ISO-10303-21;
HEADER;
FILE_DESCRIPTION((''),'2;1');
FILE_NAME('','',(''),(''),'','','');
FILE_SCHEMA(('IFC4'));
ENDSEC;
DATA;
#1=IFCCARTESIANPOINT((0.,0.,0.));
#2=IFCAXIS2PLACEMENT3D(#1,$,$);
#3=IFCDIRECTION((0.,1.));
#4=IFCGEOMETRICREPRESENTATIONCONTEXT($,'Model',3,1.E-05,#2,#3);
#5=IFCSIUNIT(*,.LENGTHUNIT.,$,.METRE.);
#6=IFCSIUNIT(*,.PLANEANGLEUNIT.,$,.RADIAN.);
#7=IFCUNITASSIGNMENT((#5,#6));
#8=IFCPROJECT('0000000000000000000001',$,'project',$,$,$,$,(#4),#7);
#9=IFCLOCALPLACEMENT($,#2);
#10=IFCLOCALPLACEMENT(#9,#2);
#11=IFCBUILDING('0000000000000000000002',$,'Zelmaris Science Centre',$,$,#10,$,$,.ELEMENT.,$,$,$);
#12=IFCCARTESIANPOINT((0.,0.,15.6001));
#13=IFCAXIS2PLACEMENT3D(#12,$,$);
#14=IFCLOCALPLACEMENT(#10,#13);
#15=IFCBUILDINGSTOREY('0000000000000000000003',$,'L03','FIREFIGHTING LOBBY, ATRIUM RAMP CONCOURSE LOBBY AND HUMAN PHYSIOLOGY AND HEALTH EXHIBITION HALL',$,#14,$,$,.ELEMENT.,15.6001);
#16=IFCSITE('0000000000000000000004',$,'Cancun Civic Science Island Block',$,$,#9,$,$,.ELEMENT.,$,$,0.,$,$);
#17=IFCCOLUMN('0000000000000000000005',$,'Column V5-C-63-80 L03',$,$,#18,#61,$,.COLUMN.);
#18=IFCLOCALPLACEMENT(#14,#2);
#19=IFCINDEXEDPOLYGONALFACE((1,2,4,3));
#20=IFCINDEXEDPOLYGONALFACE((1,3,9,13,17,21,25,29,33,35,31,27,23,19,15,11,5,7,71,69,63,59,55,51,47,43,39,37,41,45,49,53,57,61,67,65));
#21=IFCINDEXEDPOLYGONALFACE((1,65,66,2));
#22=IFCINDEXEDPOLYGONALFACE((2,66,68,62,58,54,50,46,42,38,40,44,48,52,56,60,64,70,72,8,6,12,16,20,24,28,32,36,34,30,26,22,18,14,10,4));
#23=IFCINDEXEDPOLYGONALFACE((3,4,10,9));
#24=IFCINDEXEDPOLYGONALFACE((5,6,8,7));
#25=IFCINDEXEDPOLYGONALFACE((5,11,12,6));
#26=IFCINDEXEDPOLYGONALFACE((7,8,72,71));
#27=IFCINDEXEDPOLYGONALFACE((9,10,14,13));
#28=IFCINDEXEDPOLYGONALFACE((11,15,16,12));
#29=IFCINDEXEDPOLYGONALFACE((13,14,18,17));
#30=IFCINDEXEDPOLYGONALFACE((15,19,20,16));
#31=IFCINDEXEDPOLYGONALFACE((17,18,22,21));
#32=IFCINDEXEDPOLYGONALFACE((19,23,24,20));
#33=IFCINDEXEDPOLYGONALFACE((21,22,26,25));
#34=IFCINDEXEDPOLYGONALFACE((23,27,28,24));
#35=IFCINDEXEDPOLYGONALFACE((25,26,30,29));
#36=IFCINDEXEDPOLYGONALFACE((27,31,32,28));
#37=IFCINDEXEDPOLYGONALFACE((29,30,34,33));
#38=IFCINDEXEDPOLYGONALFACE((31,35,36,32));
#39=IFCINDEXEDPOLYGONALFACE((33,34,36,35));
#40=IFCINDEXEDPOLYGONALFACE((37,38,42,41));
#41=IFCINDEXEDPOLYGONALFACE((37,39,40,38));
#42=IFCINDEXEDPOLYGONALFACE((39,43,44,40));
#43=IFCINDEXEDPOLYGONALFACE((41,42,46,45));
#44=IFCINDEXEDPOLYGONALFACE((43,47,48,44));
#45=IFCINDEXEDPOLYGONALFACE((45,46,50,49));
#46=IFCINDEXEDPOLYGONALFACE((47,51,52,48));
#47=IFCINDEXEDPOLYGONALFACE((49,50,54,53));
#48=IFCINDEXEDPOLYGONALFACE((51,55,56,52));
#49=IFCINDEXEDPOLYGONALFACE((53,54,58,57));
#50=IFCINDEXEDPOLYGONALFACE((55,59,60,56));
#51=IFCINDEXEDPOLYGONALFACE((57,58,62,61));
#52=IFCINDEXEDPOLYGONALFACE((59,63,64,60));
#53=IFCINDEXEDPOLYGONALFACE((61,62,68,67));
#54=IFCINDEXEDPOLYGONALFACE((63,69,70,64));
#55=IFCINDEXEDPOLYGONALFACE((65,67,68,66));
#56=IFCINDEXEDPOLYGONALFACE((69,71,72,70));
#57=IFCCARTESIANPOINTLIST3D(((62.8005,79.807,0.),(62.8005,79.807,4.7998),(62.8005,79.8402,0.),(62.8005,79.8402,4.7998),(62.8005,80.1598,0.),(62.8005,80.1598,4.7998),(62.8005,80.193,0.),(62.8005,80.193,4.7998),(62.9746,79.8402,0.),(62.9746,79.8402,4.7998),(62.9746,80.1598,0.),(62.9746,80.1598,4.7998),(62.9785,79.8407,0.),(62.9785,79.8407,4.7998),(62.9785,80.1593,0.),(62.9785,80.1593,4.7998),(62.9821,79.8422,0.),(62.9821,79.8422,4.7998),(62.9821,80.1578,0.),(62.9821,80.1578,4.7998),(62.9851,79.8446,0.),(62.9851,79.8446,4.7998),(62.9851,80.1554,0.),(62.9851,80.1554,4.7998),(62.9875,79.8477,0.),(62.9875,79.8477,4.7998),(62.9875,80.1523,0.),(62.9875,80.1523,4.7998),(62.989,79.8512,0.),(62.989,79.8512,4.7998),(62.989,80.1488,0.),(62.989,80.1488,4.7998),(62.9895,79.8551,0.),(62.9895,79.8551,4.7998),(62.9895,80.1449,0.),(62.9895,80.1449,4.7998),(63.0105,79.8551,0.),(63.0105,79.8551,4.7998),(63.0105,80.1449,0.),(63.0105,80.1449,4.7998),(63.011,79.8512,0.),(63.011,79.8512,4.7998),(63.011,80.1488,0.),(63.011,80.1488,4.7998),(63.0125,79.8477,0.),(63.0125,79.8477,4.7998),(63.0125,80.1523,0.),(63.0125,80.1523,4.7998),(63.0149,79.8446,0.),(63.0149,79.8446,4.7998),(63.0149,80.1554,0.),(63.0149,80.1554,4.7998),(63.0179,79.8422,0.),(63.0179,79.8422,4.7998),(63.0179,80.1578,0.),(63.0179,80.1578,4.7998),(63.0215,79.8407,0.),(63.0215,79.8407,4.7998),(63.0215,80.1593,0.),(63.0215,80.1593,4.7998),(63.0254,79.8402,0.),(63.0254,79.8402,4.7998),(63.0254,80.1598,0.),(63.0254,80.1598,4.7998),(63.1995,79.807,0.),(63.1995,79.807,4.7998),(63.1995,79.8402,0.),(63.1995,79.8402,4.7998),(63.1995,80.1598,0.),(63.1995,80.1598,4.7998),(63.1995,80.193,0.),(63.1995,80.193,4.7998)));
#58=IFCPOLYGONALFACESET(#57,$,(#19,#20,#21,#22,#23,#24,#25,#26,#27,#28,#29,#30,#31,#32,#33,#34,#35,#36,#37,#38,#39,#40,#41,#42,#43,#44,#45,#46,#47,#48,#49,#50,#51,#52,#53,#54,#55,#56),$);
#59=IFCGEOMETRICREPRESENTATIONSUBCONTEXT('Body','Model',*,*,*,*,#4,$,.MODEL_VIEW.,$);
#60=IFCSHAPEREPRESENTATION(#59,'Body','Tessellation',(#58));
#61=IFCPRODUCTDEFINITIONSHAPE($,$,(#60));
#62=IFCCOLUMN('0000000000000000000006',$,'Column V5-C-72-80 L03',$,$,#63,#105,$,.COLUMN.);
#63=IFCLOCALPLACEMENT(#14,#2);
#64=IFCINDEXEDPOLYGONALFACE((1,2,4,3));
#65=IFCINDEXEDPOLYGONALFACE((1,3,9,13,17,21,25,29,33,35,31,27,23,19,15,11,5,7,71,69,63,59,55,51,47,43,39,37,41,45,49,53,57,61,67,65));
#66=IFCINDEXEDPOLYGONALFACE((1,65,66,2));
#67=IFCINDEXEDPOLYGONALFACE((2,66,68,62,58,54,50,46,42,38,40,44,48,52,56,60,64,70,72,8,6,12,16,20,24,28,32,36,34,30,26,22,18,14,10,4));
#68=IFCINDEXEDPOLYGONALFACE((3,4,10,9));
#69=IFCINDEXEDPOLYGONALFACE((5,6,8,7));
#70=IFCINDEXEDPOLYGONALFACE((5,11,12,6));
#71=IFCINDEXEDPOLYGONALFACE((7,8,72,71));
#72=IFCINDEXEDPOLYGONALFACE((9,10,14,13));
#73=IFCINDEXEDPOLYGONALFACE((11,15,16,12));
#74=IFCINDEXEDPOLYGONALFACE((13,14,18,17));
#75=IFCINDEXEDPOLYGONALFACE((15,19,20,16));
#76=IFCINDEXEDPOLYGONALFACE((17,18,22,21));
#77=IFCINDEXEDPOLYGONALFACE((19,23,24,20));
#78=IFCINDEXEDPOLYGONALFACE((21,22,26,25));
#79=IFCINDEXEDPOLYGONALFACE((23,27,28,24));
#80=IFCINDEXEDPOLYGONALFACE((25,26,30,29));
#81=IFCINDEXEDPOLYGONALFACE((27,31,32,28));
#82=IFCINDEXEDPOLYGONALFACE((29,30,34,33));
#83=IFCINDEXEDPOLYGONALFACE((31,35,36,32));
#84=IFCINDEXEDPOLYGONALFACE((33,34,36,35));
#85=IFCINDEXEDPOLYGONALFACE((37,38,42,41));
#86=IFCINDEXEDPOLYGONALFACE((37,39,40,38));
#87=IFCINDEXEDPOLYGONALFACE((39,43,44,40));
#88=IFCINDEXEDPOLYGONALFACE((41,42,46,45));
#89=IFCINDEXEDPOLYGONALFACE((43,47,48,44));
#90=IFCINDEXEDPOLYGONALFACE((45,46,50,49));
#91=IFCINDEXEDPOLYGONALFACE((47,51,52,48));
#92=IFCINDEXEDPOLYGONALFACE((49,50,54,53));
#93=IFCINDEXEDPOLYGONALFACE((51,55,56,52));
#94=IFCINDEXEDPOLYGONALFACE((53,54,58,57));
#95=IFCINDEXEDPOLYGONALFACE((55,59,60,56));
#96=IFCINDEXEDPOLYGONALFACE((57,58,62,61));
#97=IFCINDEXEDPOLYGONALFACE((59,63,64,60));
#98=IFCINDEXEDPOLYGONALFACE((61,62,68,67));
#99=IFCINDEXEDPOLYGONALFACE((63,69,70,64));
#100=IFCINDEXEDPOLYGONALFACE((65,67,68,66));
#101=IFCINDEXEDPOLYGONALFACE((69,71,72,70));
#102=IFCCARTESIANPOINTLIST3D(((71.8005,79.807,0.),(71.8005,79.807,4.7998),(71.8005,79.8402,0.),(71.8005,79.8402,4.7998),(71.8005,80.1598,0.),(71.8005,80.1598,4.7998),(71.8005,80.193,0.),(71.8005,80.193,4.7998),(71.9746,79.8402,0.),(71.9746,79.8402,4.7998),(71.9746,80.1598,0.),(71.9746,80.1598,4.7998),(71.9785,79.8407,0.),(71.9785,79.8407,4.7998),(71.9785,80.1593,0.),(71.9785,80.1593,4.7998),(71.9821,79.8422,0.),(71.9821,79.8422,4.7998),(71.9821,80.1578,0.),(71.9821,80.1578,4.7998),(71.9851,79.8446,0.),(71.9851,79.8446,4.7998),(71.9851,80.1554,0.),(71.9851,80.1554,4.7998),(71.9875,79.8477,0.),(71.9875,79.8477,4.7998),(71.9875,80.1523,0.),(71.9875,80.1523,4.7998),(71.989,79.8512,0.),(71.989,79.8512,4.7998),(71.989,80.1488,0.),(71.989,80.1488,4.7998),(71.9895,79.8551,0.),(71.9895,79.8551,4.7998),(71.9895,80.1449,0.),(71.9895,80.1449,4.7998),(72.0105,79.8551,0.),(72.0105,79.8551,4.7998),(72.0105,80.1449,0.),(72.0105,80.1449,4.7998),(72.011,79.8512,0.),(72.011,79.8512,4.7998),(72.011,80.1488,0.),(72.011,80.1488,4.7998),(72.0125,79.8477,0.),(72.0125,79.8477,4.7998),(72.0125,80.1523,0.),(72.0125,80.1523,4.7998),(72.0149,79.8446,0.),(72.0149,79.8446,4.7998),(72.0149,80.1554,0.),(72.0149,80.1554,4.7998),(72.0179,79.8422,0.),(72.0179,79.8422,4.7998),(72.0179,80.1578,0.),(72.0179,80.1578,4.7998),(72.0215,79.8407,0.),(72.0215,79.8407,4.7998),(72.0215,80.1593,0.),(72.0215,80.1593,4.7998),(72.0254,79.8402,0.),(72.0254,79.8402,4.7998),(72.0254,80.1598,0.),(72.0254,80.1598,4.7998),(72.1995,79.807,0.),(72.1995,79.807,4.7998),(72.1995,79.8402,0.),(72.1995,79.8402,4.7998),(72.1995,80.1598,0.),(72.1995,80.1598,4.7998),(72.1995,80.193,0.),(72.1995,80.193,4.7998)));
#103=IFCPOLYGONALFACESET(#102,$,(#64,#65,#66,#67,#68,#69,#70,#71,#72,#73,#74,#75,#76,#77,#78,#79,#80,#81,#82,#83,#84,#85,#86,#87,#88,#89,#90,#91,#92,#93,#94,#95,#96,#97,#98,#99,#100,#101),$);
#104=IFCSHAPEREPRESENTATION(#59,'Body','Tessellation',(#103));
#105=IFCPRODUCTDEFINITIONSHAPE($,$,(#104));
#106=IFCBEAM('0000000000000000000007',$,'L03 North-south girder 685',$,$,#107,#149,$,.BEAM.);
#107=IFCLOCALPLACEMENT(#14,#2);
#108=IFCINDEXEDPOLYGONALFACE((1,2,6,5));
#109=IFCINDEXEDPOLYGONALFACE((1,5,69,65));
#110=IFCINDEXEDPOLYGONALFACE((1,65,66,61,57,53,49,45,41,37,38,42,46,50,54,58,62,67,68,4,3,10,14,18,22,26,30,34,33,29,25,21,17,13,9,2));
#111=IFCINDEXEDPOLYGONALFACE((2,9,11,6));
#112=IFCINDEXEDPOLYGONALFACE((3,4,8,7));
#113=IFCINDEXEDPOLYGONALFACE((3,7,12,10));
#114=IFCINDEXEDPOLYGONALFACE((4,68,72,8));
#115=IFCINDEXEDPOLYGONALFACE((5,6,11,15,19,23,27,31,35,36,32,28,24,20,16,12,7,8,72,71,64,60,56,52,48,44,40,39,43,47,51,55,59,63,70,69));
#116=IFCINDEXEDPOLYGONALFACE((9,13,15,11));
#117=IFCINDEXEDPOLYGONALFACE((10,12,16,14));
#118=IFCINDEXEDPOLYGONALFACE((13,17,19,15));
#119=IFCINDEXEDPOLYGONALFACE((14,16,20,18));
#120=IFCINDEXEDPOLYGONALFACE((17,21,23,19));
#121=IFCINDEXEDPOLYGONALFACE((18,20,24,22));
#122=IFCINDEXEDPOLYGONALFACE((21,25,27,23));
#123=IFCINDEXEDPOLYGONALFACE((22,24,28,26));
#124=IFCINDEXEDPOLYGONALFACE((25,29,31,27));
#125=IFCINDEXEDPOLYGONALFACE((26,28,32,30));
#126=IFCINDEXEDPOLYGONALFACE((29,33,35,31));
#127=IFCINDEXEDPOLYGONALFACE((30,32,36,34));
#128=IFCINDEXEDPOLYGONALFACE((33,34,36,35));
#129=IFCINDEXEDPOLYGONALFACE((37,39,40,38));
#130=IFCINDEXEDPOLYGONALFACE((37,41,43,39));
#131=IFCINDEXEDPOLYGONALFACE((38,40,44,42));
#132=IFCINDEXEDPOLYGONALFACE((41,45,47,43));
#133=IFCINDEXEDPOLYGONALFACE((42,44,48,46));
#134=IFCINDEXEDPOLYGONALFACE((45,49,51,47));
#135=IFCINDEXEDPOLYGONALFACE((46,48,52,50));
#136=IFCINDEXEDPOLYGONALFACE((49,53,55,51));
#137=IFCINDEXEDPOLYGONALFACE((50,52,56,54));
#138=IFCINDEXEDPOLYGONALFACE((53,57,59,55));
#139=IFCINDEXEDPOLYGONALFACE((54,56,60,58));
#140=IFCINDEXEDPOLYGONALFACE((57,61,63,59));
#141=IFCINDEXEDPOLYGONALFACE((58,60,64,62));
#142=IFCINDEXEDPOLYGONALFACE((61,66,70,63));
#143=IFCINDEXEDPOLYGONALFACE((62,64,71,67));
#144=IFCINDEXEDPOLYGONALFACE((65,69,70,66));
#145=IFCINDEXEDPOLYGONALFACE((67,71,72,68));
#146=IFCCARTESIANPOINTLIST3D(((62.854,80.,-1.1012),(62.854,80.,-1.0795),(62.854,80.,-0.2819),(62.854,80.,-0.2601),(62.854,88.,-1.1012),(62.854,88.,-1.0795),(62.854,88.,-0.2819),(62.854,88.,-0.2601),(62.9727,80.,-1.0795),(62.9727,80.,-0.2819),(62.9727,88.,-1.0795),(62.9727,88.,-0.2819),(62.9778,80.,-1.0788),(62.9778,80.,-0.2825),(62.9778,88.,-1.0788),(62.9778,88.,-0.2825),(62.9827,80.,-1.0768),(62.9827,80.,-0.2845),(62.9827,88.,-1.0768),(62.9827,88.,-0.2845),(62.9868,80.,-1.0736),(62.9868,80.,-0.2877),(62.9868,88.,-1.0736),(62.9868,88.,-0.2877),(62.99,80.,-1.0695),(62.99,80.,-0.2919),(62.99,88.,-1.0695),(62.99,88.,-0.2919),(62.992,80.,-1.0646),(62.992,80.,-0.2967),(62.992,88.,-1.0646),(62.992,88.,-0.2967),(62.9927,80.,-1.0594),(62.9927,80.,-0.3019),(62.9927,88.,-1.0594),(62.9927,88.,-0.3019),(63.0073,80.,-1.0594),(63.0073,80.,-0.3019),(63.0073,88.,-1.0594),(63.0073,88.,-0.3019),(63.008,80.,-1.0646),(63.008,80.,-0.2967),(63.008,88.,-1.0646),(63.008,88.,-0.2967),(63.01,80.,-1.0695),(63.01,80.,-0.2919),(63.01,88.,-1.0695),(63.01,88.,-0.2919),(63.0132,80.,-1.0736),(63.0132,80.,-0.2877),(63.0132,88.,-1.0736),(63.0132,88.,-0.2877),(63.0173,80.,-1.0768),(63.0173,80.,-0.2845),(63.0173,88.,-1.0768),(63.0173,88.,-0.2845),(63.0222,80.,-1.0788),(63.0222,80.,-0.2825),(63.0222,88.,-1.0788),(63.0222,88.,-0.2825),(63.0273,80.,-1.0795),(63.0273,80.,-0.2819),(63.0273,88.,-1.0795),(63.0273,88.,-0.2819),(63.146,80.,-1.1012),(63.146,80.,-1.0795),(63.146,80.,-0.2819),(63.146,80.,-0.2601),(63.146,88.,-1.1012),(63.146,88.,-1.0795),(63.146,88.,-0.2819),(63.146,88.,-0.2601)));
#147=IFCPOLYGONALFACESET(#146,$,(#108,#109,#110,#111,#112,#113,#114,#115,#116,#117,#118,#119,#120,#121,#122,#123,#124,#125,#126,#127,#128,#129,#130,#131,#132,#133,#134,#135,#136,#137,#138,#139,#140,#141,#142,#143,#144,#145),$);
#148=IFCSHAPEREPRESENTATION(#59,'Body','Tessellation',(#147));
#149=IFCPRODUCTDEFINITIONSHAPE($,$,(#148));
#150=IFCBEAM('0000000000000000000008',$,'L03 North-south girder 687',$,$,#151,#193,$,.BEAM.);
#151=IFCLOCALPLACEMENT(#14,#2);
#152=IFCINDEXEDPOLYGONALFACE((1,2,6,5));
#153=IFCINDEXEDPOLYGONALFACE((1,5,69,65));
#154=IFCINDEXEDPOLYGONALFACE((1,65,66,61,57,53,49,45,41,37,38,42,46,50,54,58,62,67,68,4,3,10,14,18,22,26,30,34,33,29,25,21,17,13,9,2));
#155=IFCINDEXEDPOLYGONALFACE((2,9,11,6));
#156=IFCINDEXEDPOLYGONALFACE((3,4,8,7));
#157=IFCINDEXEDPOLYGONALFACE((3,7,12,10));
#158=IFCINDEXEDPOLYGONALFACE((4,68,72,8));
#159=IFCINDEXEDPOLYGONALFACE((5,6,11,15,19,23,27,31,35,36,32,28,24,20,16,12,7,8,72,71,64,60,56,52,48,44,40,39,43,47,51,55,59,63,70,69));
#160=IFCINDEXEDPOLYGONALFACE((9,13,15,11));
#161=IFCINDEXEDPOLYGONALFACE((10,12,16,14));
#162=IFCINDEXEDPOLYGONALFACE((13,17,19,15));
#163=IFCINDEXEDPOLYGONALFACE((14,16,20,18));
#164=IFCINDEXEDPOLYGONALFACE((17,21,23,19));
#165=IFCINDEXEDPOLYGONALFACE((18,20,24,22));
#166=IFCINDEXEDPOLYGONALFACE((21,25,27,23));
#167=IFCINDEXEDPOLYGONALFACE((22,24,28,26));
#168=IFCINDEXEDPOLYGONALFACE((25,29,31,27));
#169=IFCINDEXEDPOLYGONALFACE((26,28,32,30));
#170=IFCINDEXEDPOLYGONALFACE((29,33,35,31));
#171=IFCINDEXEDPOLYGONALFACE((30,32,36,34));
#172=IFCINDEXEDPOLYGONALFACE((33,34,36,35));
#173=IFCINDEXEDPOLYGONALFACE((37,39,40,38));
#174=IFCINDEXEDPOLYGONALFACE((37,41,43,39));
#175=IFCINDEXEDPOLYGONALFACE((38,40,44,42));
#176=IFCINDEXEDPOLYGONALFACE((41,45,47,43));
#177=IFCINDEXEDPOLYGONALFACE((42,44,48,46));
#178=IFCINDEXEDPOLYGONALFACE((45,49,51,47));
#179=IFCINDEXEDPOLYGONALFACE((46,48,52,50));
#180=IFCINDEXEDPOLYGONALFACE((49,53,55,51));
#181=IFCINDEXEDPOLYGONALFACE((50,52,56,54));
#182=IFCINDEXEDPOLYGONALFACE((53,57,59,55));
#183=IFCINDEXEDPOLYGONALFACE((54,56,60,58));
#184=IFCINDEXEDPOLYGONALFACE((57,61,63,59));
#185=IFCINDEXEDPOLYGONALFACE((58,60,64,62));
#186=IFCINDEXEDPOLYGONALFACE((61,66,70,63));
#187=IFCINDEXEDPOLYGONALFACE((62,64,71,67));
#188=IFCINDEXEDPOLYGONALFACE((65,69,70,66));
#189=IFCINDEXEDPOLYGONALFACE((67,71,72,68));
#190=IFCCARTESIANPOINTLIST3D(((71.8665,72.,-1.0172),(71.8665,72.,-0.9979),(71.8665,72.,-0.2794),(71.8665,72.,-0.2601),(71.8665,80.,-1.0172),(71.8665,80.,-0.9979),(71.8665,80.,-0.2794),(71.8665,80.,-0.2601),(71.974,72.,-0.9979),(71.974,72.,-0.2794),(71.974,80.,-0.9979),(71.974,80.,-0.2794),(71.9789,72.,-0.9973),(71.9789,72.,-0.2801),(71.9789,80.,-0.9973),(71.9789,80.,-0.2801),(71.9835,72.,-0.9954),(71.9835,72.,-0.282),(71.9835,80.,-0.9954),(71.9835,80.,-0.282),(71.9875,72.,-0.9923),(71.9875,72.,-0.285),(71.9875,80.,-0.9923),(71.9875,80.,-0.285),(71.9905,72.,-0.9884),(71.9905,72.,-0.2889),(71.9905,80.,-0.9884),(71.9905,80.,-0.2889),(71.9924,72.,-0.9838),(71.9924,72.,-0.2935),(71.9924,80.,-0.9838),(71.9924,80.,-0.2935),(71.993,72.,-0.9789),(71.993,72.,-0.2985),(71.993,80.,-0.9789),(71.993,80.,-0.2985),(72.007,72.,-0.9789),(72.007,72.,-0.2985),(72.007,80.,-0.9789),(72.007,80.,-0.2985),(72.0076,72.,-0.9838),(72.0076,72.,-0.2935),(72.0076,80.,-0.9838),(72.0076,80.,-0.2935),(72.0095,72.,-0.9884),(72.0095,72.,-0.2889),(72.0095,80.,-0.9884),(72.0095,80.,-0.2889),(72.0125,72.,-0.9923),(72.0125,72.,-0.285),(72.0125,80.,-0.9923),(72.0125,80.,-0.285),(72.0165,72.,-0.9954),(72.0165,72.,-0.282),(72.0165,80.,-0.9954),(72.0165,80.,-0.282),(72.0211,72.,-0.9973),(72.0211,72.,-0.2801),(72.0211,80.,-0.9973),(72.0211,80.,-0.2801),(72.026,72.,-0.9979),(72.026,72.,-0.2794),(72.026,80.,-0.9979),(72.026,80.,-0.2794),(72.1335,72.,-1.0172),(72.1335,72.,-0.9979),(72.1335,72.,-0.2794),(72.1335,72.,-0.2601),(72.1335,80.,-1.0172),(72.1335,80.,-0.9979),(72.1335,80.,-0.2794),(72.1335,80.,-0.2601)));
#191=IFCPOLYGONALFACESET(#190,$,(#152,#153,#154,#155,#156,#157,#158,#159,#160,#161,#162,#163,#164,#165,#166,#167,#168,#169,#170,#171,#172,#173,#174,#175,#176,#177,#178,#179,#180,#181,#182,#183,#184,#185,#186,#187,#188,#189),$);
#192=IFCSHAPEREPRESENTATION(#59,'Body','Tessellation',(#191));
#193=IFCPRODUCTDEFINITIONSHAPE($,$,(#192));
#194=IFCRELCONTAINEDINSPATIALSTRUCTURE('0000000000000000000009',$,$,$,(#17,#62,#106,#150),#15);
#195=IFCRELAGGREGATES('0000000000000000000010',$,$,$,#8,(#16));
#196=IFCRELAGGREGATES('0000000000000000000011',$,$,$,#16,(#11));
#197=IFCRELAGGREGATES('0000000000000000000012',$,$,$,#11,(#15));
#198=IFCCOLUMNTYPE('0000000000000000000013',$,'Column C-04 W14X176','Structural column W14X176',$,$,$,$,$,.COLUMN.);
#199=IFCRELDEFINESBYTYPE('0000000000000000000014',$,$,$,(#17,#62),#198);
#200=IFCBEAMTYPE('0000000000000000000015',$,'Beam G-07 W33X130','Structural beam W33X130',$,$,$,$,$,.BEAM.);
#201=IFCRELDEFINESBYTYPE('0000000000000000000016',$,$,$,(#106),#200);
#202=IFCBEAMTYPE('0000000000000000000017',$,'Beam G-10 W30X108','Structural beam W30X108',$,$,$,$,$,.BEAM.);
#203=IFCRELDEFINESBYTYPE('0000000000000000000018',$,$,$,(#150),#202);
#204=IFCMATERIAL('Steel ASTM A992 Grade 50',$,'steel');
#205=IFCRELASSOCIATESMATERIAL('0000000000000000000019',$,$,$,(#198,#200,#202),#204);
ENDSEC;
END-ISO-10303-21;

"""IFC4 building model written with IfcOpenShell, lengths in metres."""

from ifc_helpers import new_model, si_unit, direction, frame, origin, origin_2d, place, context, subcontext, project, spatial, i_section, extrude, material, material_profile, profile_set, type_object, element, save


model = new_model("IFC4")

# Units and contexts
model_context = context("Model", 3, precision=1e-05, world=origin(), true_north=direction((0.0, 1.0)))
body_context = subcontext(model_context, "Body", "Model", "MODEL_VIEW")
ifc_project = project(units=[si_unit("LENGTHUNIT", "METRE"), si_unit("PLANEANGLEUNIT", "RADIAN")], contexts=[model_context])

# Site, building, storey
site_placement = place(None, origin())
site = spatial("IfcSite", under=ifc_project, at=site_placement, Name="Cancun Civic Science Island Block", CompositionType="ELEMENT", RefElevation=0.0)
building_placement = place(site_placement, origin())
building = spatial("IfcBuilding", under=site, at=building_placement, Name="Zelmaris Science Centre", CompositionType="ELEMENT")
storey_placement = place(building_placement, frame((0.0, 0.0, 15.6001)))
storey = spatial("IfcBuildingStorey", under=building, at=storey_placement, Name="L03", Description="FIREFIGHTING LOBBY, ATRIUM RAMP CONCOURSE LOBBY AND HUMAN PHYSIOLOGY AND HEALTH EXHIBITION HALL", CompositionType="ELEMENT", Elevation=15.6001)

# Columns
ifc_material_1 = material(Name="Steel ASTM A992 Grade 50", Category="steel")
ifc_material_profile_1 = material_profile(ifc_material_1, i_section(OverallWidth=0.3989, OverallDepth=0.386, WebThickness=0.021, FlangeThickness=0.0332, FilletRadius=0.0149, at=origin_2d()), Name="W14X176")
ifc_profile_set_1 = profile_set([ifc_material_profile_1], Name="Steel ASTM A992 Grade 50")
column_type = type_object("IfcColumnType", Name="Column C-04 W14X176", Description="Structural column W14X176", PredefinedType="COLUMN", material=ifc_profile_set_1)
for number, where, z_axis, x_axis, name in (
    (1, (63.0, 80.0, 0.0), (0.0, 0.0, 1.0), (1.0, 0.0, 0.0), "Column V5-C-63-80 L03"),
    (2, (72.0, 80.0, 0.0), (0.0, 0.0, 1.0), (1.0, 0.0, 0.0), "Column V5-C-72-80 L03"),
):
    element("IfcColumn", number, at=place(storey_placement, frame(where, z_axis=z_axis, x_axis=x_axis)), inside=storey, type_object=column_type, Name=name, PredefinedType="COLUMN", context=body_context, shape_type="SweptSolid", body=[
        extrude(i_section(OverallWidth=0.3989, OverallDepth=0.386, WebThickness=0.021, FlangeThickness=0.0332, FilletRadius=0.0149, at=origin_2d()), origin(), (0.0, 0.0, 1.0), 4.7998),
    ])

# Beams
ifc_material_profile_2 = material_profile(ifc_material_1, i_section(OverallWidth=0.292, OverallDepth=0.8411, WebThickness=0.0146, FlangeThickness=0.0217, FilletRadius=0.02, at=origin_2d()), Name="W33X130")
ifc_profile_set_2 = profile_set([ifc_material_profile_2], Name="Steel ASTM A992 Grade 50")
beam_type_1 = type_object("IfcBeamType", Name="Beam G-07 W33X130", Description="Structural beam W33X130", PredefinedType="BEAM", material=ifc_profile_set_2)
beam_1_placement = place(storey_placement, frame((63.0, 80.0, -0.6807), z_axis=(0.0, 1.0, 0.0), x_axis=(-1.0, 0.0, 0.0)))
element("IfcBeam", 3, at=beam_1_placement, inside=storey, type_object=beam_type_1, Name="L03 North-south girder 685", PredefinedType="BEAM", context=body_context, shape_type="SweptSolid", body=[
    extrude(i_section(OverallWidth=0.292, OverallDepth=0.8411, WebThickness=0.0146, FlangeThickness=0.0217, FilletRadius=0.02, at=origin_2d()), origin(), (0.0, 0.0, 1.0), 8.0),
])
ifc_material_profile_3 = material_profile(ifc_material_1, i_section(OverallWidth=0.2671, OverallDepth=0.7571, WebThickness=0.0139, FlangeThickness=0.0193, FilletRadius=0.019, at=origin_2d()), Name="W30X108")
ifc_profile_set_3 = profile_set([ifc_material_profile_3], Name="Steel ASTM A992 Grade 50")
beam_type_2 = type_object("IfcBeamType", Name="Beam G-10 W30X108", Description="Structural beam W30X108", PredefinedType="BEAM", material=ifc_profile_set_3)
beam_2_placement = place(storey_placement, frame((72.0, 72.0, -0.6387), z_axis=(0.0, 1.0, 0.0), x_axis=(-1.0, 0.0, 0.0)))
element("IfcBeam", 4, at=beam_2_placement, inside=storey, type_object=beam_type_2, Name="L03 North-south girder 687", PredefinedType="BEAM", context=body_context, shape_type="SweptSolid", body=[
    extrude(i_section(OverallWidth=0.2671, OverallDepth=0.7571, WebThickness=0.0139, FlangeThickness=0.0193, FilletRadius=0.019, at=origin_2d()), origin(), (0.0, 0.0, 1.0), 8.0),
])

save(model, "model.ifc")
